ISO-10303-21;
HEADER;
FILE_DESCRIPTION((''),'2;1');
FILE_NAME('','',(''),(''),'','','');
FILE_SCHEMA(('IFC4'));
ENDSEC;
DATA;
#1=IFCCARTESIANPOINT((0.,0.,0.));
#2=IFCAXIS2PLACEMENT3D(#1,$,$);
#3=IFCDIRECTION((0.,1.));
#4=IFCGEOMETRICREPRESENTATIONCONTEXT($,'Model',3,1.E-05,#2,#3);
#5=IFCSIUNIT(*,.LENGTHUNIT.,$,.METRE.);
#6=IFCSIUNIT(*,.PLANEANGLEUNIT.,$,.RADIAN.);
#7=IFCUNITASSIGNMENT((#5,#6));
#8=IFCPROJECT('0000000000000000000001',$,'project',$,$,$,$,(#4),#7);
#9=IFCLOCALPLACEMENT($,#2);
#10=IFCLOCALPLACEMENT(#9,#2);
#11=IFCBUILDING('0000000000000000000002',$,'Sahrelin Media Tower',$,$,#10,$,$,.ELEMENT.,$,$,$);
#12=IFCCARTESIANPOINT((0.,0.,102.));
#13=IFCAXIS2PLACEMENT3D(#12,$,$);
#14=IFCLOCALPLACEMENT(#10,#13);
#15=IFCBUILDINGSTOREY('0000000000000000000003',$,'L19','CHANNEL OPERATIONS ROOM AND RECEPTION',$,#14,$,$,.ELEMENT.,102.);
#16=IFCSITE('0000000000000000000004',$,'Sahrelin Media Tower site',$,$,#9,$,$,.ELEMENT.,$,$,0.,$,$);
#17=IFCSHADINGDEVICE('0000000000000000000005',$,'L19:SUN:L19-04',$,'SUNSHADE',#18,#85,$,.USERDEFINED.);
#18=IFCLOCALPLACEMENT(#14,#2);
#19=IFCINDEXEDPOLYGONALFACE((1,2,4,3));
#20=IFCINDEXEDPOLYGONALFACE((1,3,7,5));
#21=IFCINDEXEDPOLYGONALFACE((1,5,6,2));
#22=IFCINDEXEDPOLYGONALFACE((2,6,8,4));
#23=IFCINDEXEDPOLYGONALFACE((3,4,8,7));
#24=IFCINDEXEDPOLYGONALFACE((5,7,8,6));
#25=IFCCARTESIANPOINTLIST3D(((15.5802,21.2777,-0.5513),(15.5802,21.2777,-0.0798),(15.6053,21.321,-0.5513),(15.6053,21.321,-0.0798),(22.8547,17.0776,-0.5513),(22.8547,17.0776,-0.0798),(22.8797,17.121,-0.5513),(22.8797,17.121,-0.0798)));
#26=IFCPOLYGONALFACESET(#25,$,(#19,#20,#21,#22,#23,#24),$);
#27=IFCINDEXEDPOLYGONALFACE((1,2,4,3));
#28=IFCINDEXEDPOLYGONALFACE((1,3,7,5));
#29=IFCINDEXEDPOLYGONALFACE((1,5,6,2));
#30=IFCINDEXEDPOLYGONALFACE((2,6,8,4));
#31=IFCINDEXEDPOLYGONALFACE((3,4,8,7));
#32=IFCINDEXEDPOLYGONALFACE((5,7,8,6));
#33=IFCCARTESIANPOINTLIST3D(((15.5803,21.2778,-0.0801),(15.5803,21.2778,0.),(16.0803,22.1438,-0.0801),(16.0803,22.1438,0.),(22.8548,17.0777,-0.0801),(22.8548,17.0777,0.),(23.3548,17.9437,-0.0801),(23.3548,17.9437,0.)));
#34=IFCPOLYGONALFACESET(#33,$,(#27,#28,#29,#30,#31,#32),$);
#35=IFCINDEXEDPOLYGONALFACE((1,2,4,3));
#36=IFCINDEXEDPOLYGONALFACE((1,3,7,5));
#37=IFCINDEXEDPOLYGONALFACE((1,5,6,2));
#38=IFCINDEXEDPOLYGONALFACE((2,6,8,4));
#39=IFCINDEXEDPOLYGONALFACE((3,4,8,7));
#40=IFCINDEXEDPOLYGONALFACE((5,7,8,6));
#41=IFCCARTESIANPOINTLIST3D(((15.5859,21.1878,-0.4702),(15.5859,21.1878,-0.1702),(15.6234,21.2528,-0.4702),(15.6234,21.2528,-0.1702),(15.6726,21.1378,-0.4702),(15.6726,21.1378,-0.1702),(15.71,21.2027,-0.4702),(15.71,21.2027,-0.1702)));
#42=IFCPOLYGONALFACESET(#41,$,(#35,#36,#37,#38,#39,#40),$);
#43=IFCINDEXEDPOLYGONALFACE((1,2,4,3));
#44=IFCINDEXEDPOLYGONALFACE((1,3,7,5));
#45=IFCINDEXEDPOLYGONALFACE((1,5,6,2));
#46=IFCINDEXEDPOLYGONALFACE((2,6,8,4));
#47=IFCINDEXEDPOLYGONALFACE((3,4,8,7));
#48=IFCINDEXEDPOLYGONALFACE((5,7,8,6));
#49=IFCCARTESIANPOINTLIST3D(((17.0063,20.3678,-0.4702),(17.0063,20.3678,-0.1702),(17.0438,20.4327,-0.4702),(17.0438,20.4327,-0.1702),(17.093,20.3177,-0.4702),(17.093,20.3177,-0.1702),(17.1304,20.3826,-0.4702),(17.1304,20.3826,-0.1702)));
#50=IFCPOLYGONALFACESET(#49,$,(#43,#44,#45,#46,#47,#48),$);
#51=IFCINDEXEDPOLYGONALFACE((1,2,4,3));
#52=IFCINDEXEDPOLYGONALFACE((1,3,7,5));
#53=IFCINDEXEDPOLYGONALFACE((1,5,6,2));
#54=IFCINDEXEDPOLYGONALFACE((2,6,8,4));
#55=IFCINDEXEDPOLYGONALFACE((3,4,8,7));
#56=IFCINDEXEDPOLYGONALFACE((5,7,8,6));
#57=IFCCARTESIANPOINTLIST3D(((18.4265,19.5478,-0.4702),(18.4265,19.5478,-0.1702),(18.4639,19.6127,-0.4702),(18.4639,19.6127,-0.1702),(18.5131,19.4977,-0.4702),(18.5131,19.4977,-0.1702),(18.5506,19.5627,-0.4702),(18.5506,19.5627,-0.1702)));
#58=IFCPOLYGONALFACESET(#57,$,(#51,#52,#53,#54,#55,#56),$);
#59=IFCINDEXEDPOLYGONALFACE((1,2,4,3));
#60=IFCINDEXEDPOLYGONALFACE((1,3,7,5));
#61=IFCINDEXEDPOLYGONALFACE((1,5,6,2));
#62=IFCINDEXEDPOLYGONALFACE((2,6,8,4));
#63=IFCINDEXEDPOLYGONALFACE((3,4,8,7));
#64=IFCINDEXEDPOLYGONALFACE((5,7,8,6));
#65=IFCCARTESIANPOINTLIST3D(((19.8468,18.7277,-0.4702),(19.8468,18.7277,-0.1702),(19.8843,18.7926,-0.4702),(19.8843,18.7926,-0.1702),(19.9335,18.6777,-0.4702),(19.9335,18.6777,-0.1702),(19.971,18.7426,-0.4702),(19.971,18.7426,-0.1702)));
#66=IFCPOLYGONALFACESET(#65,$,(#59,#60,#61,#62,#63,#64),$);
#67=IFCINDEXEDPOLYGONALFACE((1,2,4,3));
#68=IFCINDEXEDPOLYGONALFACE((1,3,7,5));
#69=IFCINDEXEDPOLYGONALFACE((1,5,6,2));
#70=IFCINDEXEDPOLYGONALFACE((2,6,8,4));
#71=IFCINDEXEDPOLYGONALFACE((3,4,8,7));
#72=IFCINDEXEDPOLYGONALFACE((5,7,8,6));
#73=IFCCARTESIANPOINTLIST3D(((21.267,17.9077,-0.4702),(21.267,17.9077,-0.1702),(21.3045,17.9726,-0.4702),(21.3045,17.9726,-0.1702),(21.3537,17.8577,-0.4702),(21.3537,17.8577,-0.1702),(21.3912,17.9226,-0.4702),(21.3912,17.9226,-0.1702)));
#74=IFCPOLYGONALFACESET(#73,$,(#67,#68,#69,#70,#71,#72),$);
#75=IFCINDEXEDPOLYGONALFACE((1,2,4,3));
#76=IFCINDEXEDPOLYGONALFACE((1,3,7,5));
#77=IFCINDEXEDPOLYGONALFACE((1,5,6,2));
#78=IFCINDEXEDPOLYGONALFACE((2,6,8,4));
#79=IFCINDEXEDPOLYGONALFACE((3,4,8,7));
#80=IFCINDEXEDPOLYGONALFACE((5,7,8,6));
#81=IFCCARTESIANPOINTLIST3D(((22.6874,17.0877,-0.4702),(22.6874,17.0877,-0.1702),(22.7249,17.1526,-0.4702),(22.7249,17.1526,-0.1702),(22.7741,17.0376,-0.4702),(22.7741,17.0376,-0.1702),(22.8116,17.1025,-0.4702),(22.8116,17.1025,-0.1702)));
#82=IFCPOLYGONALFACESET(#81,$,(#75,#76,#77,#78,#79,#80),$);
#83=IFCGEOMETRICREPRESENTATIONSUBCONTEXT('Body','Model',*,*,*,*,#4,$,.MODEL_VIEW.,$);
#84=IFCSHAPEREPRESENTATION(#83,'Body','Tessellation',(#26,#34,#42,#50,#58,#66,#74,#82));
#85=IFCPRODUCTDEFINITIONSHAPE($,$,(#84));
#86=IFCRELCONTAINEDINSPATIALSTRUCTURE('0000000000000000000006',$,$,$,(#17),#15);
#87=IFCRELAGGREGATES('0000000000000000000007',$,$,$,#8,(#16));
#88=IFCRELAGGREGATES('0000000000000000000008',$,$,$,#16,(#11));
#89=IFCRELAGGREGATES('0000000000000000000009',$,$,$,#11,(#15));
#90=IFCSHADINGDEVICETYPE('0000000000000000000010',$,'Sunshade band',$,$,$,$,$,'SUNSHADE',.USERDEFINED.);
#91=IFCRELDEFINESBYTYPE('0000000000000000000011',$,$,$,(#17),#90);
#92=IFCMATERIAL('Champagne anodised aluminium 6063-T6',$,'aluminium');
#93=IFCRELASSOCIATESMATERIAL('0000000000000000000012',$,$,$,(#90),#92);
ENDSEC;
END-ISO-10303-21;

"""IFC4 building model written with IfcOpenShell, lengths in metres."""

from ifc_helpers import new_model, si_unit, direction, frame, origin, origin_2d, place, context, subcontext, project, spatial, rectangle, extrude, material, type_object, element, save


model = new_model("IFC4")

# Units and contexts
model_context = context("Model", 3, precision=1e-05, world=origin(), true_north=direction((0.0, 1.0)))
body_context = subcontext(model_context, "Body", "Model", "MODEL_VIEW")
ifc_project = project(units=[si_unit("LENGTHUNIT", "METRE"), si_unit("PLANEANGLEUNIT", "RADIAN")], contexts=[model_context])

# Site, building, storey
site_placement = place(None, origin())
site = spatial("IfcSite", under=ifc_project, at=site_placement, Name="Sahrelin Media Tower site", CompositionType="ELEMENT", RefElevation=0.0)
building_placement = place(site_placement, origin())
building = spatial("IfcBuilding", under=site, at=building_placement, Name="Sahrelin Media Tower", CompositionType="ELEMENT")
storey_placement = place(building_placement, frame((0.0, 0.0, 102.0)))
storey = spatial("IfcBuildingStorey", under=building, at=storey_placement, Name="L19", Description="CHANNEL OPERATIONS ROOM AND RECEPTION", CompositionType="ELEMENT", Elevation=102.0)

# Shared definitions
ifc_material_1 = material(Name="Champagne anodised aluminium 6063-T6", Category="aluminium")

# Shading device
placement_1 = place(storey_placement, frame((19.2075, 19.1604, 0.0), z_axis=(0.0, 0.0, 1.0), x_axis=(0.866019, -0.500011, 0.0)))
shading_device_type_1 = type_object("IfcShadingDeviceType", Name="Sunshade band", ElementType="SUNSHADE", PredefinedType="USERDEFINED", material=ifc_material_1)
element("IfcShadingDevice", 1, at=placement_1, inside=storey, type_object=shading_device_type_1, Name="L19:SUN:L19-04", ObjectType="SUNSHADE", PredefinedType="USERDEFINED", context=body_context, shape_type="SweptSolid", body=[
    extrude(rectangle(XDim=8.3999, YDim=0.05, at=origin_2d()), frame((0.0, 0.0449, -0.5513)), (0.0, 0.0, 1.0), 0.4714),
    extrude(rectangle(XDim=8.3999, YDim=1.0, at=origin_2d()), frame((0.0, 0.52, -0.0801)), (0.0, 0.0, 1.0), 0.0801),
    extrude(rectangle(XDim=0.1001, YDim=0.075, at=origin_2d()), frame((-4.1001, -0.0176, -0.4702)), (0.0, 0.0, 1.0), 0.3),
    extrude(rectangle(XDim=0.1001, YDim=0.075, at=origin_2d()), frame((-2.46, -0.0176, -0.4702)), (0.0, 0.0, 1.0), 0.3),
    extrude(rectangle(XDim=0.1001, YDim=0.075, at=origin_2d()), frame((-0.8201, -0.0176, -0.4702)), (0.0, 0.0, 1.0), 0.3),
    extrude(rectangle(XDim=0.1001, YDim=0.075, at=origin_2d()), frame((0.8201, -0.0176, -0.4702)), (0.0, 0.0, 1.0), 0.3),
    extrude(rectangle(XDim=0.1001, YDim=0.075, at=origin_2d()), frame((2.46, -0.0176, -0.4702)), (0.0, 0.0, 1.0), 0.3),
    extrude(rectangle(XDim=0.1001, YDim=0.075, at=origin_2d()), frame((4.1001, -0.0176, -0.4702)), (0.0, 0.0, 1.0), 0.3),
])

save(model, "model.ifc")
